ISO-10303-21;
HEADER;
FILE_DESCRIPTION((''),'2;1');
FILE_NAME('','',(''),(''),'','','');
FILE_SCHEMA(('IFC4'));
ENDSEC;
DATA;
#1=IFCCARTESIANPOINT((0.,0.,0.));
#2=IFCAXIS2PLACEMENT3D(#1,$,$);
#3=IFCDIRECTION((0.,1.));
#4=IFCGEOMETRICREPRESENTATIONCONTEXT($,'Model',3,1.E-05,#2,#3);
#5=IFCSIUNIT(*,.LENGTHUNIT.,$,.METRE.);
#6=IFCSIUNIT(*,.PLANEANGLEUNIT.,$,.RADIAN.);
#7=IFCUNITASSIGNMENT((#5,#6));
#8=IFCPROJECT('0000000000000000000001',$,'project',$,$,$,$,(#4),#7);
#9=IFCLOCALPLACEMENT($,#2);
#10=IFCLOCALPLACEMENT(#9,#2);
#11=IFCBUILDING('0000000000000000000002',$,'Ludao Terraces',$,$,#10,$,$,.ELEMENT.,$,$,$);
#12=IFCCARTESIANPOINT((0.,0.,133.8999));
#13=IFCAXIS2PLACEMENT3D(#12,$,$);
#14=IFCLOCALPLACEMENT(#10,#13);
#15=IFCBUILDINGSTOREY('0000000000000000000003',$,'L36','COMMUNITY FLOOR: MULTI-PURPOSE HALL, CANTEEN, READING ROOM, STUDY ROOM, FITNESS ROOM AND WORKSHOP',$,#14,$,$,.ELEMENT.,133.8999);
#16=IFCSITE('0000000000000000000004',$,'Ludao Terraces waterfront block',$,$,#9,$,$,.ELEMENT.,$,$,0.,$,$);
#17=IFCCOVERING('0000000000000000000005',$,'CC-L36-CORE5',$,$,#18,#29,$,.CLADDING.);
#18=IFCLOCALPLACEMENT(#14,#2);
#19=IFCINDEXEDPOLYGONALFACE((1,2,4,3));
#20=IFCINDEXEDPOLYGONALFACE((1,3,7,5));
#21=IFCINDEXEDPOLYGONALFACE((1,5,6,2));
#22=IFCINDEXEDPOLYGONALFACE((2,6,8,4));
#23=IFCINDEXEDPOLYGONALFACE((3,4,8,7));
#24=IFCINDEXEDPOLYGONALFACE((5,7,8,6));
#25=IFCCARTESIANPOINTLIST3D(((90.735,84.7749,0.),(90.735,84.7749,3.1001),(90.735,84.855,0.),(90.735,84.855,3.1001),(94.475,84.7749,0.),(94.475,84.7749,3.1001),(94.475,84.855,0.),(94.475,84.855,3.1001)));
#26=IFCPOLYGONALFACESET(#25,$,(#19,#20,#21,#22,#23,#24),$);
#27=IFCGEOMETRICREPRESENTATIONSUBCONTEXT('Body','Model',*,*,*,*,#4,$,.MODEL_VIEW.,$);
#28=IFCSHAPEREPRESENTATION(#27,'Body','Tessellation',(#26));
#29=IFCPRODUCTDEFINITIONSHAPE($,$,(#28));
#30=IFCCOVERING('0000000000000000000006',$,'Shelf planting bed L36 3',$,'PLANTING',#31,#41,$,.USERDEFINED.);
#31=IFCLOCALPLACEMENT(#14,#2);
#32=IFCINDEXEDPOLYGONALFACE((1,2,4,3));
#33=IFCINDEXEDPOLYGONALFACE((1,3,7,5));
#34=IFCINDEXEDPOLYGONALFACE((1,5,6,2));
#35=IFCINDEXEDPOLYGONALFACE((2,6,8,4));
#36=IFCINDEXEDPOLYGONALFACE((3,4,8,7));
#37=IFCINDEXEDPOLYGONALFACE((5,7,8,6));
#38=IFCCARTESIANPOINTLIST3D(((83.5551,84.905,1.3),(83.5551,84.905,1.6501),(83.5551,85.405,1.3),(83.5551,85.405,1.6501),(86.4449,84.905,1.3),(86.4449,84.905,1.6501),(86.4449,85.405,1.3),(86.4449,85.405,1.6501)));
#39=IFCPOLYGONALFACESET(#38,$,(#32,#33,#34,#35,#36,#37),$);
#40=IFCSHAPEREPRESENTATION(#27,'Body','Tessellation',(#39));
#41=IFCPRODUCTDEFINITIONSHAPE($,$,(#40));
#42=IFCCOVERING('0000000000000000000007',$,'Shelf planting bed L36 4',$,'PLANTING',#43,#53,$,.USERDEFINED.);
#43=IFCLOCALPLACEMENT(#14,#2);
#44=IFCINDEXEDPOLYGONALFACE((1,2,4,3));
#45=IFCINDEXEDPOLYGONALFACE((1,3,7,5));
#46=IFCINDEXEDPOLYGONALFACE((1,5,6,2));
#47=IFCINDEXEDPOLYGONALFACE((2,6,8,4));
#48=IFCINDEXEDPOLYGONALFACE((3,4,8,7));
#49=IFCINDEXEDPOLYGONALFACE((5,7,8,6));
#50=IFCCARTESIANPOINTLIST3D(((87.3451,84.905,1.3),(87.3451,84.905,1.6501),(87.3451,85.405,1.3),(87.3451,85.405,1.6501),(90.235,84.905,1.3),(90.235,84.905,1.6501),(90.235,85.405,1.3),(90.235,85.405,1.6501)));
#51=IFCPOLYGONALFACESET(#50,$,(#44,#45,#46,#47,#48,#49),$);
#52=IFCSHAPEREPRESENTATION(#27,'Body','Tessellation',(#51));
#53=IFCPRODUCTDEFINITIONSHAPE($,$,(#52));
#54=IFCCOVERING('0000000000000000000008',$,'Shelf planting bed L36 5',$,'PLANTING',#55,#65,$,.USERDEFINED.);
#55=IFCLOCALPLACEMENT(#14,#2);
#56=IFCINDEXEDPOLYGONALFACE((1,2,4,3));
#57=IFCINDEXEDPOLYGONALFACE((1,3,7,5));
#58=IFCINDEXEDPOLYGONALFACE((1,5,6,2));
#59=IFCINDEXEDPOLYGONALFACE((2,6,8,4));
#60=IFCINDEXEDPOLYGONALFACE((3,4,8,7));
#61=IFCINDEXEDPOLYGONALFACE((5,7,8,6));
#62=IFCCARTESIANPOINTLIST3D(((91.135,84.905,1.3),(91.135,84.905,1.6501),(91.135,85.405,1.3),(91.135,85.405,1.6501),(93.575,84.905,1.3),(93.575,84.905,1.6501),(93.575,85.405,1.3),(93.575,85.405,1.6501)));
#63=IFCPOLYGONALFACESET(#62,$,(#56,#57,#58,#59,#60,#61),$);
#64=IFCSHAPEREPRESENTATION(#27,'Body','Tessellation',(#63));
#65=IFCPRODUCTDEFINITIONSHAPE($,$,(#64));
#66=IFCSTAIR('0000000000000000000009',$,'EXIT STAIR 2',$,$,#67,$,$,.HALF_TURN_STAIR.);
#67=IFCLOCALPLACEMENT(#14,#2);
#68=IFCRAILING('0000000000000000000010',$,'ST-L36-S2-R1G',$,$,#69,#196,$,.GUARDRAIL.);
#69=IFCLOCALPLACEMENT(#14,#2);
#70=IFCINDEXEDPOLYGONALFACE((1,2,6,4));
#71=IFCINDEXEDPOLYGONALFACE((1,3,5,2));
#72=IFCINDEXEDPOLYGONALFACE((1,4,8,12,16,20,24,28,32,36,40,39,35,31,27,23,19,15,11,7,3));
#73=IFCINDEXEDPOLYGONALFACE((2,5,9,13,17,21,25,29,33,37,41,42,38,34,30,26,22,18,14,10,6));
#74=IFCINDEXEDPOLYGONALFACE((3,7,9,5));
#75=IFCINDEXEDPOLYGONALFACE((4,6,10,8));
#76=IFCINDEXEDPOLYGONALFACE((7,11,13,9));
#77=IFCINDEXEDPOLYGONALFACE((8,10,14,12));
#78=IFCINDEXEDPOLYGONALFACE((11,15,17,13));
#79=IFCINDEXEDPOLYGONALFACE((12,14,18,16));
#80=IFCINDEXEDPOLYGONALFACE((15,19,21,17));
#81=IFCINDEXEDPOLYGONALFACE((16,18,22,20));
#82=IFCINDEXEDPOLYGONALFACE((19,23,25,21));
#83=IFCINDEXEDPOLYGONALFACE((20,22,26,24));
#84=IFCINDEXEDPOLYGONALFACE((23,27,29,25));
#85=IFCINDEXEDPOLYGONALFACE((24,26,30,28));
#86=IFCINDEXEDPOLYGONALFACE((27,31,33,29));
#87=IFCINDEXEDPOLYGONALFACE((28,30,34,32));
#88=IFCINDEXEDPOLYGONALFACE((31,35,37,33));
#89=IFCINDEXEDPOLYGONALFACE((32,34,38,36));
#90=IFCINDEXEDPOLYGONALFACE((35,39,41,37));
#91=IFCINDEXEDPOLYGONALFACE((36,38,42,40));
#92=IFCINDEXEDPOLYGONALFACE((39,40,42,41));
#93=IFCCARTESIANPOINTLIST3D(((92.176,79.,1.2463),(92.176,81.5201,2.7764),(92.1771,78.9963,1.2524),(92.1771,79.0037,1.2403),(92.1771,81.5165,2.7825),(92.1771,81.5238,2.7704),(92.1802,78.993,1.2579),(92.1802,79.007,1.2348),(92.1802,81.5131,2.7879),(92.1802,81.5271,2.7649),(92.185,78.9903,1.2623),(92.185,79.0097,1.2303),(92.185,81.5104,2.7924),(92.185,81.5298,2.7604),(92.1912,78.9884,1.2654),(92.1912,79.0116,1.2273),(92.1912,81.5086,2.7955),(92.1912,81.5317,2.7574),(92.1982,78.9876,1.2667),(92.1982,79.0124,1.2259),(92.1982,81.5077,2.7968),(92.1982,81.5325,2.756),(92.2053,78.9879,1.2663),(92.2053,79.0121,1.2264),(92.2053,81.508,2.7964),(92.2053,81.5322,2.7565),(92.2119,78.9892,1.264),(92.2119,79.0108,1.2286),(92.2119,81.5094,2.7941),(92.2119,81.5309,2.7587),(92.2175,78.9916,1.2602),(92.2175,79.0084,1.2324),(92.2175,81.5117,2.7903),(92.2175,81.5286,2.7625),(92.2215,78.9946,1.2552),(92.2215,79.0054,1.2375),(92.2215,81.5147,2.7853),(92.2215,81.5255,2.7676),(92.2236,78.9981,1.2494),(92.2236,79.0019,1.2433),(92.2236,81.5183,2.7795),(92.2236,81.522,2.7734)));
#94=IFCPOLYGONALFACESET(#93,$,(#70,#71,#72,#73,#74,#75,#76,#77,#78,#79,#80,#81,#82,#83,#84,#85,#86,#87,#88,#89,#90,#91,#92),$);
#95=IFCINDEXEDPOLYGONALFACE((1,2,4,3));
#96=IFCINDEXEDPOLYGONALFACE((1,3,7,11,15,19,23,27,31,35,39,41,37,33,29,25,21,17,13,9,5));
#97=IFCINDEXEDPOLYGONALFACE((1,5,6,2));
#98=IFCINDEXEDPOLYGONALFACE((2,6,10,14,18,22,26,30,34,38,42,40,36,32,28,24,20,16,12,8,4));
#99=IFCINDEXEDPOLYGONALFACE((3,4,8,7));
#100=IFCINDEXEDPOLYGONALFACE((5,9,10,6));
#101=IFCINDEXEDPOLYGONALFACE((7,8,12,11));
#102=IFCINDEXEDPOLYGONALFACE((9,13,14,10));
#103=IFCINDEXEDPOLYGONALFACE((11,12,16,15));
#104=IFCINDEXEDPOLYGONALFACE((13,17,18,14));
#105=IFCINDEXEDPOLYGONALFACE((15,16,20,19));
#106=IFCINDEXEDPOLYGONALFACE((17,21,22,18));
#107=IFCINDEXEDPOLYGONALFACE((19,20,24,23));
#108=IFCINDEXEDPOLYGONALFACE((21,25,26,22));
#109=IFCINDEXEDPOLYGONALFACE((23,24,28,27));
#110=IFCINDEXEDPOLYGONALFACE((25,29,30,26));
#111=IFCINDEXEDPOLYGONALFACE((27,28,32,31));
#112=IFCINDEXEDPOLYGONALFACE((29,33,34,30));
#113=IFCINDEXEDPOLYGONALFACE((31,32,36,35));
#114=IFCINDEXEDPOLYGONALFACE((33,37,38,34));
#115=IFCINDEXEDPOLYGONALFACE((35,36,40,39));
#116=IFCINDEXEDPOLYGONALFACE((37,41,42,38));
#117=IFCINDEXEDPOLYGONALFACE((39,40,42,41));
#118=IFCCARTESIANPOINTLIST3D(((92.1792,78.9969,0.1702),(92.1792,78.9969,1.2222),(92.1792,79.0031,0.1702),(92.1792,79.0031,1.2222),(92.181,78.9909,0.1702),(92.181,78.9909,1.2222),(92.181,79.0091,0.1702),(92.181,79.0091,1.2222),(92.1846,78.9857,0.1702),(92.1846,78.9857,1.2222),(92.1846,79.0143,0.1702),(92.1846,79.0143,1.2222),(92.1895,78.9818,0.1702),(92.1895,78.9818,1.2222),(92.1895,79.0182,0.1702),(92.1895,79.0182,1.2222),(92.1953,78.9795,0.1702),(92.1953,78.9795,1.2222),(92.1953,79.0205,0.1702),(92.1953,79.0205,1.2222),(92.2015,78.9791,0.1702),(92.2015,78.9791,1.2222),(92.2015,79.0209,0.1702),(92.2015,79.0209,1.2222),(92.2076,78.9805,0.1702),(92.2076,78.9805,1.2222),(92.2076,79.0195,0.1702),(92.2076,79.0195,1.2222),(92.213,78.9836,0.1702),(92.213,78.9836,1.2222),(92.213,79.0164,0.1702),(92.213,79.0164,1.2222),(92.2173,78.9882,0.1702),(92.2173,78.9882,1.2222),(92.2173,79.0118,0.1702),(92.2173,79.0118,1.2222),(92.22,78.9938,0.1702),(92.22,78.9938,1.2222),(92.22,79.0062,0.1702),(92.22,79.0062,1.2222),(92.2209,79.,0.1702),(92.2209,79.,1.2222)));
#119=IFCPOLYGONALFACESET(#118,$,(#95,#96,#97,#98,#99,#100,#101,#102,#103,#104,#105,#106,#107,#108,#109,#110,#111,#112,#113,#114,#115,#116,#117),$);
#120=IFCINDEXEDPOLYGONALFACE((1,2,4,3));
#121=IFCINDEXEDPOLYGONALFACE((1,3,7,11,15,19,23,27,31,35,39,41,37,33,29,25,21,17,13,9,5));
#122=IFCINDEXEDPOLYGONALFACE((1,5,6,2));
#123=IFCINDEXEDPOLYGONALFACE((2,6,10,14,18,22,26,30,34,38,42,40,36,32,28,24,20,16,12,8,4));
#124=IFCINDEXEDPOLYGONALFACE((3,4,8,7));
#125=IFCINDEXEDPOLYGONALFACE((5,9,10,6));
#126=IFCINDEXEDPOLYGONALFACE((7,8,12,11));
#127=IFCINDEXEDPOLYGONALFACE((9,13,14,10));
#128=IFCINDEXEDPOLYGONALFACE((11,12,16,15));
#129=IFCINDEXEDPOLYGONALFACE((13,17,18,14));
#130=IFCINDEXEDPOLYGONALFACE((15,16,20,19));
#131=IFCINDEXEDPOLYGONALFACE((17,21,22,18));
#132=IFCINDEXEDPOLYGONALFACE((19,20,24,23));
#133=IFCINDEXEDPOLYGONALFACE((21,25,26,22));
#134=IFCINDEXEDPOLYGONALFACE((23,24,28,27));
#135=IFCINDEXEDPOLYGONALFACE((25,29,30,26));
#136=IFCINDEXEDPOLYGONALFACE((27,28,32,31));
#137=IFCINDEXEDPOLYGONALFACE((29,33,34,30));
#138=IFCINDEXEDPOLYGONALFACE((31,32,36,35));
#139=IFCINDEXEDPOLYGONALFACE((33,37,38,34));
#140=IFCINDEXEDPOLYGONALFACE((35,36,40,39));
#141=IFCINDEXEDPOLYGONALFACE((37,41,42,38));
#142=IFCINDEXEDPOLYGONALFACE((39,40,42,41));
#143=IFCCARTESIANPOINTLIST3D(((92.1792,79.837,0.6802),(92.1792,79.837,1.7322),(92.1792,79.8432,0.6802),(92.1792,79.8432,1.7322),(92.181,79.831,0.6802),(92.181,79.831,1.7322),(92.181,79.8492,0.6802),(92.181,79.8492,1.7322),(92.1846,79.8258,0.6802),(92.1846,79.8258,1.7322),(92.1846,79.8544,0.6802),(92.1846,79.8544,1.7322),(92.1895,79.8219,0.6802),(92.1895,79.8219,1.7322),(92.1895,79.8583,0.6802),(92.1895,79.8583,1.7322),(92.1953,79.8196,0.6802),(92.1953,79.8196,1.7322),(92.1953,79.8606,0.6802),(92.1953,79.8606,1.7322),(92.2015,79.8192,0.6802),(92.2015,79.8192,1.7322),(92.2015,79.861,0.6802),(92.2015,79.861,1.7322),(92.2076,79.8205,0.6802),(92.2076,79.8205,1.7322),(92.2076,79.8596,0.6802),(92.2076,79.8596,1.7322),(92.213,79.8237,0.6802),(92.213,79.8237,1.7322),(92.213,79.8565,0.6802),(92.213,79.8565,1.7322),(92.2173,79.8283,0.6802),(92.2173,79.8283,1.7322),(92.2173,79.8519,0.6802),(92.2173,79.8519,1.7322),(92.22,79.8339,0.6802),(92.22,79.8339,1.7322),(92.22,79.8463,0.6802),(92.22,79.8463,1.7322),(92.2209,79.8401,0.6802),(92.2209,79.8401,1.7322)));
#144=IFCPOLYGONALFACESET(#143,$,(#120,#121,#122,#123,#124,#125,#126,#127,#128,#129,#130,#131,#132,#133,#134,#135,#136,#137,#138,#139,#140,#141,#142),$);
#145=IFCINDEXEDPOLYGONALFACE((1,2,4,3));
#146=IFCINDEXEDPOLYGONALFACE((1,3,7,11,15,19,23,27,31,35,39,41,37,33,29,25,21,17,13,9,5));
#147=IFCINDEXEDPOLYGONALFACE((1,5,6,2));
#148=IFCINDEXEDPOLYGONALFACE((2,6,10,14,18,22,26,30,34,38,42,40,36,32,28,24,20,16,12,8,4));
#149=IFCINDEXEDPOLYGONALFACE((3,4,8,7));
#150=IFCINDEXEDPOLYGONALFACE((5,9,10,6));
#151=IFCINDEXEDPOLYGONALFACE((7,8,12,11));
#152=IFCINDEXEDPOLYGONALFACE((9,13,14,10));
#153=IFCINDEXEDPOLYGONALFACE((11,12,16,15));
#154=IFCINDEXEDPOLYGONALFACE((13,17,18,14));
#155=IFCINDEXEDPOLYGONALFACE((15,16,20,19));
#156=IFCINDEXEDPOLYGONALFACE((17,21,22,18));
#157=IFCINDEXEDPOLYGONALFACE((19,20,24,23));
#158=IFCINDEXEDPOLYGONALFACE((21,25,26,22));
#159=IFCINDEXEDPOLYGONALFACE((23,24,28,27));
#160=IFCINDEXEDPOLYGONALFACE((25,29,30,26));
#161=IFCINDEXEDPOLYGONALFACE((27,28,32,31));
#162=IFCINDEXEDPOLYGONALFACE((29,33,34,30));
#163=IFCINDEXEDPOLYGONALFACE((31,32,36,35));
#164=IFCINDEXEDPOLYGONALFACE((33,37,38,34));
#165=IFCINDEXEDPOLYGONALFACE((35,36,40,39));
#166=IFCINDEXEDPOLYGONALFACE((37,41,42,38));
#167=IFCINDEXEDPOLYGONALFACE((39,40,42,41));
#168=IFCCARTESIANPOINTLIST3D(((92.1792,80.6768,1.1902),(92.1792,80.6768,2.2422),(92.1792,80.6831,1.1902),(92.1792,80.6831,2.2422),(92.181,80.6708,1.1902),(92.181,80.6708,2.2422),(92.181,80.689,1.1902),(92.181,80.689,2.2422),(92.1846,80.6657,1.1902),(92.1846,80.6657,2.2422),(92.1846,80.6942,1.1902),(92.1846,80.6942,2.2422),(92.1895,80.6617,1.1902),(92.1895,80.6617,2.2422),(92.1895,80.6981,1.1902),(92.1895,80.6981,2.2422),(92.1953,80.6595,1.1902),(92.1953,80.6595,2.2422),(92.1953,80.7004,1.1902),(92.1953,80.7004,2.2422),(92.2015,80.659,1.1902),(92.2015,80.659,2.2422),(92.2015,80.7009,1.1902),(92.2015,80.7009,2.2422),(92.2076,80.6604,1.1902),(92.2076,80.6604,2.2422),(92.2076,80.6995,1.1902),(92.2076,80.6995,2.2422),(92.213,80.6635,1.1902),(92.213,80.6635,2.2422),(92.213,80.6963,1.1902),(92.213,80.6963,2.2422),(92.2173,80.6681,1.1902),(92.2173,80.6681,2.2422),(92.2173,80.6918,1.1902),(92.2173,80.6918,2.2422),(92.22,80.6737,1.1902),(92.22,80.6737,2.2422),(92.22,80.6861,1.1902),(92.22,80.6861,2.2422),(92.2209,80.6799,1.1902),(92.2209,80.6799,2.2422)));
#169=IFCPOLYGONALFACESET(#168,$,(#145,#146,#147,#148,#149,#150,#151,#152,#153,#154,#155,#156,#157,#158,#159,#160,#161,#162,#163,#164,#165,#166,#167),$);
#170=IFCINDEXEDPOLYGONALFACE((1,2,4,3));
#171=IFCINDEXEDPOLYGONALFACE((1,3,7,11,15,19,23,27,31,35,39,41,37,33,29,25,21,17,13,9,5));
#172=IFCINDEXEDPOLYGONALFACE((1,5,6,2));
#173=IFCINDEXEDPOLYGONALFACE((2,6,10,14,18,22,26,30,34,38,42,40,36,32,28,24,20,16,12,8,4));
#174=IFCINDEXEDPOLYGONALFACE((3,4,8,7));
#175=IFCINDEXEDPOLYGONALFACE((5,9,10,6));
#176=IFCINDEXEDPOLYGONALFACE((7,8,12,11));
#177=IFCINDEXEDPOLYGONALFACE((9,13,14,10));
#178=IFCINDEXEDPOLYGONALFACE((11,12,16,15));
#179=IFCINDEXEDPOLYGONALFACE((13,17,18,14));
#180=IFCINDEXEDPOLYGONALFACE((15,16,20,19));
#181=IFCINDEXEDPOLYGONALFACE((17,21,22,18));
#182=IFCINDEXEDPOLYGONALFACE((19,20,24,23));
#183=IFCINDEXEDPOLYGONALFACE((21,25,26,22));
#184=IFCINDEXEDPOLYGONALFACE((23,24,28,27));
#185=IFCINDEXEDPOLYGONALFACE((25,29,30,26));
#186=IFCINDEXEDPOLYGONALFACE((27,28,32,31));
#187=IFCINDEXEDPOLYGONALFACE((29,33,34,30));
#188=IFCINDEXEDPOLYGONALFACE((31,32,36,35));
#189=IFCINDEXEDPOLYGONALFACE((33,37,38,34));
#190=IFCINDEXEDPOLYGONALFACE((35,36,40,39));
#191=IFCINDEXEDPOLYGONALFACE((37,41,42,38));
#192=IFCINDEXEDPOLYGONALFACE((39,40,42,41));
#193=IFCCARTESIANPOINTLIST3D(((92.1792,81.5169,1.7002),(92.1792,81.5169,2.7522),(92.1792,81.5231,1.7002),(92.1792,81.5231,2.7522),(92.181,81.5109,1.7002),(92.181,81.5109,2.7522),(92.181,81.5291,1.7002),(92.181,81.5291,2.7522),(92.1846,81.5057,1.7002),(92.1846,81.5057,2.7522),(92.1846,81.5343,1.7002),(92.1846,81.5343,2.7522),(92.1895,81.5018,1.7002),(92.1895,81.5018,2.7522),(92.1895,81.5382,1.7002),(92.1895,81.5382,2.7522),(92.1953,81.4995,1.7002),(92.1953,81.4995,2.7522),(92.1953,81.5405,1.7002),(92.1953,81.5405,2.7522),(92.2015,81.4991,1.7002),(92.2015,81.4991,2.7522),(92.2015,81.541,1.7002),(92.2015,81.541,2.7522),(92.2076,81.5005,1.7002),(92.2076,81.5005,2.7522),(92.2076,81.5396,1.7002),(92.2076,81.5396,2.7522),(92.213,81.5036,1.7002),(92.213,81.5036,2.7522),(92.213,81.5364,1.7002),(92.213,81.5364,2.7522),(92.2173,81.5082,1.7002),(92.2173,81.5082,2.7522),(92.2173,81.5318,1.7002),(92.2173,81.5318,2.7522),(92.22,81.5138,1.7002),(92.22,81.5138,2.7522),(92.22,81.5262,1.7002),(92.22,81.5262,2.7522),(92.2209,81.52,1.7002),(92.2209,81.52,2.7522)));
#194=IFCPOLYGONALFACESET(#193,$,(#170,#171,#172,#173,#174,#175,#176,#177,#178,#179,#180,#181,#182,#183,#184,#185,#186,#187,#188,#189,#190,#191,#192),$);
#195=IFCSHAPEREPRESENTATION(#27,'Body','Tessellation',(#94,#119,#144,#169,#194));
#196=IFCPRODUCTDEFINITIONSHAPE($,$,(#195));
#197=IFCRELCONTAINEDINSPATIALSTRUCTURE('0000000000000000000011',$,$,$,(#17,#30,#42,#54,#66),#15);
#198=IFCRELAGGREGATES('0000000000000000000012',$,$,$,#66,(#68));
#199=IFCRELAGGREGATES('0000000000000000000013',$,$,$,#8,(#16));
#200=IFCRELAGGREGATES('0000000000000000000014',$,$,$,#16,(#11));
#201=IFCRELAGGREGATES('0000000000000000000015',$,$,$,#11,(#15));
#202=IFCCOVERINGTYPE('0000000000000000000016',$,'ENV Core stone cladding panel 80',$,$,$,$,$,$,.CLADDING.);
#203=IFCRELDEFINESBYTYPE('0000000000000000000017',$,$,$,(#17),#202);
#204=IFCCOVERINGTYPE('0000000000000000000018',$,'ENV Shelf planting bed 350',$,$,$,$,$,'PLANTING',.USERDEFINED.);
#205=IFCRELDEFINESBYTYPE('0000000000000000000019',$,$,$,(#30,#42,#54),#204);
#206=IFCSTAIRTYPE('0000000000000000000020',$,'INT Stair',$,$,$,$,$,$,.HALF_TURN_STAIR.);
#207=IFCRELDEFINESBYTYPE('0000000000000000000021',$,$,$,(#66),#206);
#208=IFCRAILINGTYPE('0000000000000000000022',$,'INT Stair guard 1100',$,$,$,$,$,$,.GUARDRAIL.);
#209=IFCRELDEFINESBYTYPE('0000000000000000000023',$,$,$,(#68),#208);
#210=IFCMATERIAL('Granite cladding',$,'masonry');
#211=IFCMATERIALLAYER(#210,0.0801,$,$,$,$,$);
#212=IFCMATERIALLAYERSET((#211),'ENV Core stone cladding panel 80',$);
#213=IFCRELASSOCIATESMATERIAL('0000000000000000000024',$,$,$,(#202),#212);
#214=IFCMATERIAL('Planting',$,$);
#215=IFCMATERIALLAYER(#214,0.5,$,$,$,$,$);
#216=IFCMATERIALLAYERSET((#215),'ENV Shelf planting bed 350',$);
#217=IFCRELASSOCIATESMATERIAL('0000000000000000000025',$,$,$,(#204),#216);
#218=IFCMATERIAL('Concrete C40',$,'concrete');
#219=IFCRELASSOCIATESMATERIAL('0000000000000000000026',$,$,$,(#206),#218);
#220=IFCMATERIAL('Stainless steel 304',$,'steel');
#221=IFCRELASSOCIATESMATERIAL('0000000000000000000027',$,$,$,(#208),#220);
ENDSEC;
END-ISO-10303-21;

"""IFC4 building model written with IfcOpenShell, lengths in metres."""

from ifc_helpers import new_model, si_unit, direction, frame, origin, origin_2d, place, context, subcontext, project, spatial, rectangle, circle, extrude, material, layer, layer_set, type_object, element, aggregate, save


model = new_model("IFC4")

# Units and contexts
model_context = context("Model", 3, precision=1e-05, world=origin(), true_north=direction((0.0, 1.0)))
body_context = subcontext(model_context, "Body", "Model", "MODEL_VIEW")
ifc_project = project(units=[si_unit("LENGTHUNIT", "METRE"), si_unit("PLANEANGLEUNIT", "RADIAN")], contexts=[model_context])

# Site, building, storey
site_placement = place(None, origin())
site = spatial("IfcSite", under=ifc_project, at=site_placement, Name="Ludao Terraces waterfront block", CompositionType="ELEMENT", RefElevation=0.0)
building_placement = place(site_placement, origin())
building = spatial("IfcBuilding", under=site, at=building_placement, Name="Ludao Terraces", CompositionType="ELEMENT")
storey_placement = place(building_placement, frame((0.0, 0.0, 133.8999)))
storey = spatial("IfcBuildingStorey", under=building, at=storey_placement, Name="L36", Description="COMMUNITY FLOOR: MULTI-PURPOSE HALL, CANTEEN, READING ROOM, STUDY ROOM, FITNESS ROOM AND WORKSHOP", CompositionType="ELEMENT", Elevation=133.8999)

# Shared definitions
ifc_material_1 = material(Name="Stainless steel 304", Category="steel")

# Coverings
ifc_material_2 = material(Name="Granite cladding", Category="masonry")
ifc_layer_1 = layer(ifc_material_2, 0.0801)
ifc_layer_set_1 = layer_set([ifc_layer_1], Name="ENV Core stone cladding panel 80")
covering_type_1 = type_object("IfcCoveringType", Name="ENV Core stone cladding panel 80", PredefinedType="CLADDING", material=ifc_layer_set_1)
covering_1_placement = place(storey_placement, frame((92.605, 84.8149, 0.0), z_axis=(0.0, 0.0, 1.0), x_axis=(1.0, 0.0, 0.0)))
element("IfcCovering", 1, at=covering_1_placement, inside=storey, type_object=covering_type_1, Name="CC-L36-CORE5", PredefinedType="CLADDING", context=body_context, shape_type="SweptSolid", body=[
    extrude(rectangle(XDim=3.74, YDim=0.0801, at=origin_2d()), origin(), (0.0, 0.0, 1.0), 3.1001),
])
ifc_material_3 = material(Name="Planting")
ifc_layer_2 = layer(ifc_material_3, 0.5)
ifc_layer_set_2 = layer_set([ifc_layer_2], Name="ENV Shelf planting bed 350")
covering_type_2 = type_object("IfcCoveringType", Name="ENV Shelf planting bed 350", ElementType="PLANTING", PredefinedType="USERDEFINED", material=ifc_layer_set_2)
for number, where, z_axis, x_axis, name in (
    (2, (85.0, 85.155, 1.3), (0.0, 0.0, 1.0), (1.0, 0.0, 0.0), "Shelf planting bed L36 3"),
    (3, (88.79, 85.155, 1.3), (0.0, 0.0, 1.0), (1.0, 0.0, 0.0), "Shelf planting bed L36 4"),
):
    element("IfcCovering", number, at=place(storey_placement, frame(where, z_axis=z_axis, x_axis=x_axis)), inside=storey, type_object=covering_type_2, Name=name, ObjectType="PLANTING", PredefinedType="USERDEFINED", context=body_context, shape_type="SweptSolid", body=[
        extrude(rectangle(XDim=2.8899, YDim=0.5, at=origin_2d()), origin(), (0.0, 0.0, 1.0), 0.3501),
    ])
covering_2_placement = place(storey_placement, frame((92.355, 85.155, 1.3), z_axis=(0.0, 0.0, 1.0), x_axis=(1.0, 0.0, 0.0)))
element("IfcCovering", 4, at=covering_2_placement, inside=storey, type_object=covering_type_2, Name="Shelf planting bed L36 5", ObjectType="PLANTING", PredefinedType="USERDEFINED", context=body_context, shape_type="SweptSolid", body=[
    extrude(rectangle(XDim=2.4399, YDim=0.5, at=origin_2d()), origin(), (0.0, 0.0, 1.0), 0.3501),
])

# Stair, railing
ifc_material_4 = material(Name="Concrete C40", Category="concrete")
stair_type = type_object("IfcStairType", Name="INT Stair", PredefinedType="HALF_TURN_STAIR", material=ifc_material_4)
stair_placement = place(storey_placement, origin())
stair = element("IfcStair", 5, at=stair_placement, inside=storey, type_object=stair_type, Name="EXIT STAIR 2", PredefinedType="HALF_TURN_STAIR")
railing_type = type_object("IfcRailingType", Name="INT Stair guard 1100", PredefinedType="GUARDRAIL", material=ifc_material_1)
railing_1_placement = place(storey_placement, frame((92.2, 79.0, 0.1702)))
railing_1 = element("IfcRailing", 6, at=railing_1_placement, type_object=railing_type, Name="ST-L36-S2-R1G", PredefinedType="GUARDRAIL", context=body_context, shape_type="SweptSolid", body=[
    extrude(circle(Radius=0.0239, at=origin_2d()), frame((0.0, 0.0, 1.0762), z_axis=(0.0, 0.854785, 0.518982), x_axis=(-1.0, 0.0, 0.0)), (0.0, 0.0, 1.0), 2.9482),
    extrude(circle(Radius=0.021, at=origin_2d()), origin(), (0.0, 0.0, 1.0), 1.052),
    extrude(circle(Radius=0.021, at=origin_2d()), frame((0.0, 0.8401, 0.51)), (0.0, 0.0, 1.0), 1.052),
    extrude(circle(Radius=0.021, at=origin_2d()), frame((0.0, 1.6799, 1.02)), (0.0, 0.0, 1.0), 1.052),
    extrude(circle(Radius=0.021, at=origin_2d()), frame((0.0, 2.52, 1.53)), (0.0, 0.0, 1.0), 1.052),
])
aggregate(stair, [railing_1])

save(model, "model.ifc")
